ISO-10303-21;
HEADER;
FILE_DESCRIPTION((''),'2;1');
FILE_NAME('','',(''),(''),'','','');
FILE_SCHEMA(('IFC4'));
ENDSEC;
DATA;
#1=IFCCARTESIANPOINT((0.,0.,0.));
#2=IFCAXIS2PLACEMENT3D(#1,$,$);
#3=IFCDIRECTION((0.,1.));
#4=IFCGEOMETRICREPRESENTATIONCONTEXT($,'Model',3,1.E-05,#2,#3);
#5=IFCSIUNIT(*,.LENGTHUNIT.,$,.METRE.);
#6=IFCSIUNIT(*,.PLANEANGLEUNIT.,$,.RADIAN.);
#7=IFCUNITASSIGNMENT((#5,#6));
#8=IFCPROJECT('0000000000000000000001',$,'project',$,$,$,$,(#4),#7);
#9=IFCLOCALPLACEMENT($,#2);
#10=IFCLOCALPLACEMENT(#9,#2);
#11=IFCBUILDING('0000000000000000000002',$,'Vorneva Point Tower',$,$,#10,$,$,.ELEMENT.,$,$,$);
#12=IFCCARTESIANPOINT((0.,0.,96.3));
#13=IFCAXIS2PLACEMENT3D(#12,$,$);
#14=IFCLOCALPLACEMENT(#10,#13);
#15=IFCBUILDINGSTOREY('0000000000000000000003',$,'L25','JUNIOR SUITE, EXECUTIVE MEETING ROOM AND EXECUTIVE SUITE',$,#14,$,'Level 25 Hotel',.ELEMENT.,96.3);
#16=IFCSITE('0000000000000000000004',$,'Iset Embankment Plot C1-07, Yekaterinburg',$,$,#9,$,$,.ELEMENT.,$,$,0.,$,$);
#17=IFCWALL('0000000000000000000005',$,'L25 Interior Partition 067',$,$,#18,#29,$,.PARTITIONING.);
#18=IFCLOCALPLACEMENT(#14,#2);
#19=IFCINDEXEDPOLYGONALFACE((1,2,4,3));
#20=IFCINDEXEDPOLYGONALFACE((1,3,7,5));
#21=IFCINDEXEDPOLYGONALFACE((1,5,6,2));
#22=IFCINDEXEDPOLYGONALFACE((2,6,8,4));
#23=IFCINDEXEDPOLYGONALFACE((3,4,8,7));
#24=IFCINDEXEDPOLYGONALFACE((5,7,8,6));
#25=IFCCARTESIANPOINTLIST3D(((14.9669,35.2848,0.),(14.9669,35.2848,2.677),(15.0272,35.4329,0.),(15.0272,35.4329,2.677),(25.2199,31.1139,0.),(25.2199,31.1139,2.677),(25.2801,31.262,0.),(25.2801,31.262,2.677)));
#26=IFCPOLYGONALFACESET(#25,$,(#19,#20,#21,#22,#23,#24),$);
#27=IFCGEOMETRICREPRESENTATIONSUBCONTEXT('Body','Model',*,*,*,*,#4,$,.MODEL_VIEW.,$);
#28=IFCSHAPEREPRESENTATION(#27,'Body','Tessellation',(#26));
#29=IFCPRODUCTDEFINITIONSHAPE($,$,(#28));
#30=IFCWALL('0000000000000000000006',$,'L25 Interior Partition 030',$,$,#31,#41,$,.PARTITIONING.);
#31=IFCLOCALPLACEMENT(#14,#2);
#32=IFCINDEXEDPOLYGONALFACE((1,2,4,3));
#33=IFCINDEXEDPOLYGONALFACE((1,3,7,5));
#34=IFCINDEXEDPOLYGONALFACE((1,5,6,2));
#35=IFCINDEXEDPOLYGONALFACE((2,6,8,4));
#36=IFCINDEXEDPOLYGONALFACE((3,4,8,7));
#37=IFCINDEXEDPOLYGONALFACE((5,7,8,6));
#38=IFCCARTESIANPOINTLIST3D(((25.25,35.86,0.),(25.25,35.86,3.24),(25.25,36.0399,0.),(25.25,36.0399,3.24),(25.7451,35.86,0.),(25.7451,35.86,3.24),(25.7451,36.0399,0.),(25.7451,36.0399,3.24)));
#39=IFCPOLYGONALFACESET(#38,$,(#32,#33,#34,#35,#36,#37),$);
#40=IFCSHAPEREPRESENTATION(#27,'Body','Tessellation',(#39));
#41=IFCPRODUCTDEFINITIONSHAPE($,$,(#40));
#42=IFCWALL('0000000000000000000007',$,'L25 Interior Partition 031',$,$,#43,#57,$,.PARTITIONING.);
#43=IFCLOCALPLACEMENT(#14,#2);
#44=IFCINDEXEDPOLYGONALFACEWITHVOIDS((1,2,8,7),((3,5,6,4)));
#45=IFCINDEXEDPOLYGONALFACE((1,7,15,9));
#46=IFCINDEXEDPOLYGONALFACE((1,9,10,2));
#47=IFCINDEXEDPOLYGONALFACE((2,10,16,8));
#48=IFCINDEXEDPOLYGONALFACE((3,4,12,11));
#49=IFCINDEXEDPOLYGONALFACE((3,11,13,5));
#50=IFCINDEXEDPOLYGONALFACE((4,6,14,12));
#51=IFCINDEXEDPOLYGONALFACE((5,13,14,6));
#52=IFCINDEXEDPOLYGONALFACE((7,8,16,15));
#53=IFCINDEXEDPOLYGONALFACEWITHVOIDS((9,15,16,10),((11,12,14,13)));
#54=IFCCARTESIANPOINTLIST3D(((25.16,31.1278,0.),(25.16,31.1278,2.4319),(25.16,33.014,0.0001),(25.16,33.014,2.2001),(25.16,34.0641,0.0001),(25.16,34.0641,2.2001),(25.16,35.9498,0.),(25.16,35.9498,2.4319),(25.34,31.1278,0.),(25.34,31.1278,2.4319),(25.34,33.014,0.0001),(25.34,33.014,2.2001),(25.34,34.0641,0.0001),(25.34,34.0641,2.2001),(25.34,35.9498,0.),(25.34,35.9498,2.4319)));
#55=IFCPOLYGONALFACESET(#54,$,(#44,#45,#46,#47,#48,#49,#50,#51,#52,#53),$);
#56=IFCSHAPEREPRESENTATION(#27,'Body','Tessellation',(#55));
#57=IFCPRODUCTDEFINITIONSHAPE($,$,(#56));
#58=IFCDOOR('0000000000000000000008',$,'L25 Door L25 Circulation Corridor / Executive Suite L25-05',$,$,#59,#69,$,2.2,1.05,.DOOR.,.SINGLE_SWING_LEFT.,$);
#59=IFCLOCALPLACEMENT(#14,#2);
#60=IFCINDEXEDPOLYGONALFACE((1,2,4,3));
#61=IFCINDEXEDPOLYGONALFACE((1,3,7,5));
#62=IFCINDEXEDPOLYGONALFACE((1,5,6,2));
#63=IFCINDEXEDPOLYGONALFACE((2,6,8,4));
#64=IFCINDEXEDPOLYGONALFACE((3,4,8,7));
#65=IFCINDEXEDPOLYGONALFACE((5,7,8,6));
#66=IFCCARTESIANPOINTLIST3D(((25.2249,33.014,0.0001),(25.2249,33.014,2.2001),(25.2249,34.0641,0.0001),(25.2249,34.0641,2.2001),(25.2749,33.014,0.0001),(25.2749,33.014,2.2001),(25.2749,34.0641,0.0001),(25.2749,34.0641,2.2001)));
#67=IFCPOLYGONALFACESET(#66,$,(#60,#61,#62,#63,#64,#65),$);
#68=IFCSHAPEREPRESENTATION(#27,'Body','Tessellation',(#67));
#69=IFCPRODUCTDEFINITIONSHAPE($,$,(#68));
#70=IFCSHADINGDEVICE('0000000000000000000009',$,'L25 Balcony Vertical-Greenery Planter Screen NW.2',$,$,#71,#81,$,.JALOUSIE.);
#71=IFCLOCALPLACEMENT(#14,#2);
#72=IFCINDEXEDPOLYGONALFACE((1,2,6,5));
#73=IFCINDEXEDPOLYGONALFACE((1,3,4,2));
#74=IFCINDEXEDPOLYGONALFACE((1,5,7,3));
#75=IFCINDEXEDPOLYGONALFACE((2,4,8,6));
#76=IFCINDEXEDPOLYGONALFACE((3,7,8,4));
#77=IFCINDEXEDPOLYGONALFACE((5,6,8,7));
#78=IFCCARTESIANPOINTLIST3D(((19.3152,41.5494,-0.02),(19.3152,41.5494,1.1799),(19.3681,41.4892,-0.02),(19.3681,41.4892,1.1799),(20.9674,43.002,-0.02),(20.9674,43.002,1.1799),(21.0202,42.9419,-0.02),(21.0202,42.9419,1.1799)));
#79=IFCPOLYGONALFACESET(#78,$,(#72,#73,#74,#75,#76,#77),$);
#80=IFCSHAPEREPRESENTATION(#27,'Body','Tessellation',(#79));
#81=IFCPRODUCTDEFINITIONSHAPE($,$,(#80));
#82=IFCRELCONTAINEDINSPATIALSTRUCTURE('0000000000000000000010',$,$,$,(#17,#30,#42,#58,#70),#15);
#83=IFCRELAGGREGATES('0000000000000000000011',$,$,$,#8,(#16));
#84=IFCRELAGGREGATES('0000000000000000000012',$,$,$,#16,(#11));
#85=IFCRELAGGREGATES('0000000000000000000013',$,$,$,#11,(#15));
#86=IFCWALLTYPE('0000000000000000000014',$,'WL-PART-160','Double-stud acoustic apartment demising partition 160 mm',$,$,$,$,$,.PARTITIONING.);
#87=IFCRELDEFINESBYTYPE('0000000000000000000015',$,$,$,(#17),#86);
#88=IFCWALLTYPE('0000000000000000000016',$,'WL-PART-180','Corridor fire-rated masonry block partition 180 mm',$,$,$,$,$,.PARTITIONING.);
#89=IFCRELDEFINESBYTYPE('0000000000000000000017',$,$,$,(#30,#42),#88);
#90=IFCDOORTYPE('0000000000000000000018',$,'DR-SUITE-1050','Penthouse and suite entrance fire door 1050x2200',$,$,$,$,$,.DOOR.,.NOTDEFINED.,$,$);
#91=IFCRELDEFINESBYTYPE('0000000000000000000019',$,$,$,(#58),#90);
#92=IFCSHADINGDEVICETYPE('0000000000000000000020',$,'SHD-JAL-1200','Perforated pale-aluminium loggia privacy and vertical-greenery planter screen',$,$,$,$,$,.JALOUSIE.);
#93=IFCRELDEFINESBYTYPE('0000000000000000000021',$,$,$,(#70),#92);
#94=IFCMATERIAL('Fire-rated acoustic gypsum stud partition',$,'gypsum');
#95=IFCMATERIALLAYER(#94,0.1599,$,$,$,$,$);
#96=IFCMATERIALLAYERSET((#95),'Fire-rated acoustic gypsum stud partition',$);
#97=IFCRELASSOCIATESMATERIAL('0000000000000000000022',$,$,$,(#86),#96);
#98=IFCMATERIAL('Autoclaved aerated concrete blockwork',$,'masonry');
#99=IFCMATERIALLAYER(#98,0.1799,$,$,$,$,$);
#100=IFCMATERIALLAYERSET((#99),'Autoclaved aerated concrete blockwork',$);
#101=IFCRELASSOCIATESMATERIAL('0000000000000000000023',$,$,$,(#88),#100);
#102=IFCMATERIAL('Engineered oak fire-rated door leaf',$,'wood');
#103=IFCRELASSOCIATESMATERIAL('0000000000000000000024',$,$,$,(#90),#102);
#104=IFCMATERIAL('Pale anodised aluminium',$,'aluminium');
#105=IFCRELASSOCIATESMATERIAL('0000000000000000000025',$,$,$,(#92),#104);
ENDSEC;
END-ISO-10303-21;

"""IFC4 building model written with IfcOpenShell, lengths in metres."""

from ifc_helpers import new_model, si_unit, direction, frame, frame_2d, origin, origin_2d, place, context, subcontext, project, spatial, rectangle, extrude, material, layer, layer_set, type_object, element, fill, save


model = new_model("IFC4")

# Units and contexts
model_context = context("Model", 3, precision=1e-05, world=origin(), true_north=direction((0.0, 1.0)))
body_context = subcontext(model_context, "Body", "Model", "MODEL_VIEW")
ifc_project = project(units=[si_unit("LENGTHUNIT", "METRE"), si_unit("PLANEANGLEUNIT", "RADIAN")], contexts=[model_context])

# Site, building, storey
site_placement = place(None, origin())
site = spatial("IfcSite", under=ifc_project, at=site_placement, Name="Iset Embankment Plot C1-07, Yekaterinburg", CompositionType="ELEMENT", RefElevation=0.0)
building_placement = place(site_placement, origin())
building = spatial("IfcBuilding", under=site, at=building_placement, Name="Vorneva Point Tower", CompositionType="ELEMENT")
storey_placement = place(building_placement, frame((0.0, 0.0, 96.3)))
storey = spatial("IfcBuildingStorey", under=building, at=storey_placement, Name="L25", Description="JUNIOR SUITE, EXECUTIVE MEETING ROOM AND EXECUTIVE SUITE", LongName="Level 25 Hotel", CompositionType="ELEMENT", Elevation=96.3)

# Shared definitions
ifc_material_1 = material(Name="Pale anodised aluminium", Category="aluminium")

# Shared definitions
ifc_material_2 = material(Name="Fire-rated acoustic gypsum stud partition", Category="gypsum")
ifc_material_3 = material(Name="Engineered oak fire-rated door leaf", Category="wood")

# Walls
ifc_layer_1 = layer(ifc_material_2, 0.1599)
ifc_layer_set_1 = layer_set([ifc_layer_1], Name="Fire-rated acoustic gypsum stud partition")
wall_type_1 = type_object("IfcWallType", Name="WL-PART-160", Description="Double-stud acoustic apartment demising partition 160 mm", PredefinedType="PARTITIONING", material=ifc_layer_set_1)
wall_1_placement = place(storey_placement, frame((14.9971, 35.3589, 0.0), z_axis=(0.0, 0.0, 1.0), x_axis=(0.926289, -0.376815, 0.0)))
element("IfcWall", 1, at=wall_1_placement, inside=storey, type_object=wall_type_1, Name="L25 Interior Partition 067", PredefinedType="PARTITIONING", context=body_context, shape_type="SweptSolid", body=[
    extrude(rectangle(XDim=11.0688, YDim=0.1599, at=frame_2d((5.5344, 0.0))), origin(), (0.0, 0.0, 1.0), 2.677),
])
ifc_material_4 = material(Name="Autoclaved aerated concrete blockwork", Category="masonry")
ifc_layer_2 = layer(ifc_material_4, 0.1799)
ifc_layer_set_2 = layer_set([ifc_layer_2], Name="Autoclaved aerated concrete blockwork")
wall_type_2 = type_object("IfcWallType", Name="WL-PART-180", Description="Corridor fire-rated masonry block partition 180 mm", PredefinedType="PARTITIONING", material=ifc_layer_set_2)
wall_2_placement = place(storey_placement, frame((25.7451, 35.95, 0.0), z_axis=(0.0, 0.0, 1.0), x_axis=(-1.0, 0.0, 0.0)))
element("IfcWall", 2, at=wall_2_placement, inside=storey, type_object=wall_type_2, Name="L25 Interior Partition 030", PredefinedType="PARTITIONING", context=body_context, shape_type="SweptSolid", body=[
    extrude(rectangle(XDim=0.4951, YDim=0.1799, at=frame_2d((0.2476, 0.0))), origin(), (0.0, 0.0, 1.0), 3.24),
])

# Wall, opening, door
wall_3_placement = place(storey_placement, frame((25.25, 35.95, 0.0), z_axis=(0.0, 0.0, 1.0), x_axis=(0.0, -1.0, 0.0)))
wall_3 = element("IfcWall", 3, at=wall_3_placement, inside=storey, type_object=wall_type_2, Name="L25 Interior Partition 031", PredefinedType="PARTITIONING", context=body_context, shape_type="SweptSolid", body=[
    extrude(rectangle(XDim=4.822, YDim=0.1799, at=frame_2d((2.4111, 0.0))), origin(), (0.0, 0.0, 1.0), 2.4319),
])
opening_1_placement = place(wall_3_placement, frame((1.886, 0.0, 0.0)))
opening_1 = element("IfcOpeningElement", 4, at=opening_1_placement, cuts=wall_3, PredefinedType="OPENING", context=body_context, shape_type="SweptSolid", body=[
    extrude(rectangle(XDim=1.05, YDim=2.2, at=frame_2d((0.5249, 1.1001))), frame((0.0, 0.105, 0.0), z_axis=(0.0, -1.0, 0.0), x_axis=(1.0, 0.0, 0.0)), (0.0, 0.0, 1.0), 0.2097),
])
door_type_1 = type_object("IfcDoorType", Name="DR-SUITE-1050", Description="Penthouse and suite entrance fire door 1050x2200", OperationType="NOTDEFINED", PredefinedType="DOOR", material=ifc_material_3)
door_1_placement = place(opening_1_placement, origin())
door_1 = element("IfcDoor", 5, at=door_1_placement, inside=storey, type_object=door_type_1, Name="L25 Door L25 Circulation Corridor / Executive Suite L25-05", OperationType="SINGLE_SWING_LEFT", OverallHeight=2.2, OverallWidth=1.05, PredefinedType="DOOR", context=body_context, shape_type="SweptSolid", body=[
    extrude(rectangle(XDim=1.05, YDim=2.2, at=frame_2d((0.5249, 1.1001))), frame((0.0, 0.0249, 0.0), z_axis=(0.0, -1.0, 0.0), x_axis=(1.0, 0.0, 0.0)), (0.0, 0.0, 1.0), 0.05),
])
fill(opening_1, door_1)

# Shading device
shading_device_type = type_object("IfcShadingDeviceType", Name="SHD-JAL-1200", Description="Perforated pale-aluminium loggia privacy and vertical-greenery planter screen", PredefinedType="JALOUSIE", material=ifc_material_1)
shading_device_placement = place(storey_placement, frame((20.1677, 42.2456, -0.02), z_axis=(0.0, 0.0, 1.0), x_axis=(-0.750999, -0.660303, 0.0)))
element("IfcShadingDevice", 6, at=shading_device_placement, inside=storey, type_object=shading_device_type, Name="L25 Balcony Vertical-Greenery Planter Screen NW.2", PredefinedType="JALOUSIE", context=body_context, shape_type="SweptSolid", body=[
    extrude(rectangle(XDim=2.2, YDim=0.0801, at=origin_2d()), origin(), (0.0, 0.0, 1.0), 1.2),
])

save(model, "model.ifc")
